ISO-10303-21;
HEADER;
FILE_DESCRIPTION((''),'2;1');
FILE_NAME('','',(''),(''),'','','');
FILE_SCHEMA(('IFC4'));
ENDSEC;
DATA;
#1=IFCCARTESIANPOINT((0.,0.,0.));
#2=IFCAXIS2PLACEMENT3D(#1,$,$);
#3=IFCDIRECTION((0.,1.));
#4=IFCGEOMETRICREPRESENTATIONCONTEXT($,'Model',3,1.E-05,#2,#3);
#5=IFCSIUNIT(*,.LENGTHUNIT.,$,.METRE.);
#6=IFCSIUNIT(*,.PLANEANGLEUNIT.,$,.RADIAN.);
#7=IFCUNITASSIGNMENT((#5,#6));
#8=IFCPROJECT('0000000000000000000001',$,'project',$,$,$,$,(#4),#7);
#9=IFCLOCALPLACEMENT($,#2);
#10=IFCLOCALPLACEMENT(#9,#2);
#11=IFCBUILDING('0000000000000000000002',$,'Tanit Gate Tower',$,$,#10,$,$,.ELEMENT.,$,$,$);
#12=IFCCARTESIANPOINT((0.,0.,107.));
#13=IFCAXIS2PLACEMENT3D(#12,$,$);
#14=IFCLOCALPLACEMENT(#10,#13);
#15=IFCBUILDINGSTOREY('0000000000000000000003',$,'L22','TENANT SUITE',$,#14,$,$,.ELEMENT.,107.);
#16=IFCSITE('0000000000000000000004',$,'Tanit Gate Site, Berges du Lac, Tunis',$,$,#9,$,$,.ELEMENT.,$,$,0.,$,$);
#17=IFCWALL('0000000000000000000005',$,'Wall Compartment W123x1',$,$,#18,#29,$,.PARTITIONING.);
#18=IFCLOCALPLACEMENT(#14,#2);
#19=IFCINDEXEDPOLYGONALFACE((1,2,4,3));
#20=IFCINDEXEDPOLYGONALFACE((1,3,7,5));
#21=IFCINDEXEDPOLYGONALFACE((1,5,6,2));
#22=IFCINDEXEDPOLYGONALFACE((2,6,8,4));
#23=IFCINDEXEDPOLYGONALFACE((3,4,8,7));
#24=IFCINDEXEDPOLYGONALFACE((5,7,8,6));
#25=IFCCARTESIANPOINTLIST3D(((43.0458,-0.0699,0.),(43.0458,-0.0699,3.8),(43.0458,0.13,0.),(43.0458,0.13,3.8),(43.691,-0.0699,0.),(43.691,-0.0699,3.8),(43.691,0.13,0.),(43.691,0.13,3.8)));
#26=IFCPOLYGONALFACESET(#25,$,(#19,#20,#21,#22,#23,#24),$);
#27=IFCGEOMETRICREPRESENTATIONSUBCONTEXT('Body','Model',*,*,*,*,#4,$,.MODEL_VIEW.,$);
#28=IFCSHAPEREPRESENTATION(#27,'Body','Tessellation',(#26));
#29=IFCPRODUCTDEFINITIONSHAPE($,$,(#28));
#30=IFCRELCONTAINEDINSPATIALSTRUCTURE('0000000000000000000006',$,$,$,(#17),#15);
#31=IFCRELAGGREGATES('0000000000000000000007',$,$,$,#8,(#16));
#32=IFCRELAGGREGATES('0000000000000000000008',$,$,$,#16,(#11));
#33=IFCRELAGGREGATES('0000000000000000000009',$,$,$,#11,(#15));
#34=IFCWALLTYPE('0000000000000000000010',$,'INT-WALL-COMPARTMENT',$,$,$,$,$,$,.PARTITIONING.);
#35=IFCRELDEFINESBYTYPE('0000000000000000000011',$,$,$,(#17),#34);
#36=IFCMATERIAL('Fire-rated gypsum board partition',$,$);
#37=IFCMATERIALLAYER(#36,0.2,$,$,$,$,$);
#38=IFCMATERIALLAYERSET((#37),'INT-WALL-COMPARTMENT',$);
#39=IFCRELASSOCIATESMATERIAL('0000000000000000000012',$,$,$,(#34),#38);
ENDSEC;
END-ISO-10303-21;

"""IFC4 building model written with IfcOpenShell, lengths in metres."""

from ifc_helpers import new_model, si_unit, direction, frame, frame_2d, origin, place, context, subcontext, project, spatial, rectangle, extrude, material, layer, layer_set, type_object, element, save


model = new_model("IFC4")

# Units and contexts
model_context = context("Model", 3, precision=1e-05, world=origin(), true_north=direction((0.0, 1.0)))
body_context = subcontext(model_context, "Body", "Model", "MODEL_VIEW")
ifc_project = project(units=[si_unit("LENGTHUNIT", "METRE"), si_unit("PLANEANGLEUNIT", "RADIAN")], contexts=[model_context])

# Site, building, storey
site_placement = place(None, origin())
site = spatial("IfcSite", under=ifc_project, at=site_placement, Name="Tanit Gate Site, Berges du Lac, Tunis", CompositionType="ELEMENT", RefElevation=0.0)
building_placement = place(site_placement, origin())
building = spatial("IfcBuilding", under=site, at=building_placement, Name="Tanit Gate Tower", CompositionType="ELEMENT")
storey_placement = place(building_placement, frame((0.0, 0.0, 107.0)))
storey = spatial("IfcBuildingStorey", under=building, at=storey_placement, Name="L22", Description="TENANT SUITE", CompositionType="ELEMENT", Elevation=107.0)

# Wall
ifc_material_1 = material(Name="Fire-rated gypsum board partition")
ifc_layer_1 = layer(ifc_material_1, 0.2)
ifc_layer_set_1 = layer_set([ifc_layer_1], Name="INT-WALL-COMPARTMENT")
wall_type_1 = type_object("IfcWallType", Name="INT-WALL-COMPARTMENT", PredefinedType="PARTITIONING", material=ifc_layer_set_1)
wall_1_placement = place(storey_placement, frame((43.0457, 0.03, 0.0), z_axis=(0.0, 0.0, 1.0), x_axis=(1.0, 0.0, 0.0)))
element("IfcWall", 1, at=wall_1_placement, inside=storey, type_object=wall_type_1, Name="Wall Compartment W123x1", PredefinedType="PARTITIONING", context=body_context, shape_type="SweptSolid", body=[
    extrude(rectangle(XDim=0.6453, YDim=0.2, at=frame_2d((0.3228, 0.0))), origin(), (0.0, 0.0, 1.0), 3.8),
])

save(model, "model.ifc")
